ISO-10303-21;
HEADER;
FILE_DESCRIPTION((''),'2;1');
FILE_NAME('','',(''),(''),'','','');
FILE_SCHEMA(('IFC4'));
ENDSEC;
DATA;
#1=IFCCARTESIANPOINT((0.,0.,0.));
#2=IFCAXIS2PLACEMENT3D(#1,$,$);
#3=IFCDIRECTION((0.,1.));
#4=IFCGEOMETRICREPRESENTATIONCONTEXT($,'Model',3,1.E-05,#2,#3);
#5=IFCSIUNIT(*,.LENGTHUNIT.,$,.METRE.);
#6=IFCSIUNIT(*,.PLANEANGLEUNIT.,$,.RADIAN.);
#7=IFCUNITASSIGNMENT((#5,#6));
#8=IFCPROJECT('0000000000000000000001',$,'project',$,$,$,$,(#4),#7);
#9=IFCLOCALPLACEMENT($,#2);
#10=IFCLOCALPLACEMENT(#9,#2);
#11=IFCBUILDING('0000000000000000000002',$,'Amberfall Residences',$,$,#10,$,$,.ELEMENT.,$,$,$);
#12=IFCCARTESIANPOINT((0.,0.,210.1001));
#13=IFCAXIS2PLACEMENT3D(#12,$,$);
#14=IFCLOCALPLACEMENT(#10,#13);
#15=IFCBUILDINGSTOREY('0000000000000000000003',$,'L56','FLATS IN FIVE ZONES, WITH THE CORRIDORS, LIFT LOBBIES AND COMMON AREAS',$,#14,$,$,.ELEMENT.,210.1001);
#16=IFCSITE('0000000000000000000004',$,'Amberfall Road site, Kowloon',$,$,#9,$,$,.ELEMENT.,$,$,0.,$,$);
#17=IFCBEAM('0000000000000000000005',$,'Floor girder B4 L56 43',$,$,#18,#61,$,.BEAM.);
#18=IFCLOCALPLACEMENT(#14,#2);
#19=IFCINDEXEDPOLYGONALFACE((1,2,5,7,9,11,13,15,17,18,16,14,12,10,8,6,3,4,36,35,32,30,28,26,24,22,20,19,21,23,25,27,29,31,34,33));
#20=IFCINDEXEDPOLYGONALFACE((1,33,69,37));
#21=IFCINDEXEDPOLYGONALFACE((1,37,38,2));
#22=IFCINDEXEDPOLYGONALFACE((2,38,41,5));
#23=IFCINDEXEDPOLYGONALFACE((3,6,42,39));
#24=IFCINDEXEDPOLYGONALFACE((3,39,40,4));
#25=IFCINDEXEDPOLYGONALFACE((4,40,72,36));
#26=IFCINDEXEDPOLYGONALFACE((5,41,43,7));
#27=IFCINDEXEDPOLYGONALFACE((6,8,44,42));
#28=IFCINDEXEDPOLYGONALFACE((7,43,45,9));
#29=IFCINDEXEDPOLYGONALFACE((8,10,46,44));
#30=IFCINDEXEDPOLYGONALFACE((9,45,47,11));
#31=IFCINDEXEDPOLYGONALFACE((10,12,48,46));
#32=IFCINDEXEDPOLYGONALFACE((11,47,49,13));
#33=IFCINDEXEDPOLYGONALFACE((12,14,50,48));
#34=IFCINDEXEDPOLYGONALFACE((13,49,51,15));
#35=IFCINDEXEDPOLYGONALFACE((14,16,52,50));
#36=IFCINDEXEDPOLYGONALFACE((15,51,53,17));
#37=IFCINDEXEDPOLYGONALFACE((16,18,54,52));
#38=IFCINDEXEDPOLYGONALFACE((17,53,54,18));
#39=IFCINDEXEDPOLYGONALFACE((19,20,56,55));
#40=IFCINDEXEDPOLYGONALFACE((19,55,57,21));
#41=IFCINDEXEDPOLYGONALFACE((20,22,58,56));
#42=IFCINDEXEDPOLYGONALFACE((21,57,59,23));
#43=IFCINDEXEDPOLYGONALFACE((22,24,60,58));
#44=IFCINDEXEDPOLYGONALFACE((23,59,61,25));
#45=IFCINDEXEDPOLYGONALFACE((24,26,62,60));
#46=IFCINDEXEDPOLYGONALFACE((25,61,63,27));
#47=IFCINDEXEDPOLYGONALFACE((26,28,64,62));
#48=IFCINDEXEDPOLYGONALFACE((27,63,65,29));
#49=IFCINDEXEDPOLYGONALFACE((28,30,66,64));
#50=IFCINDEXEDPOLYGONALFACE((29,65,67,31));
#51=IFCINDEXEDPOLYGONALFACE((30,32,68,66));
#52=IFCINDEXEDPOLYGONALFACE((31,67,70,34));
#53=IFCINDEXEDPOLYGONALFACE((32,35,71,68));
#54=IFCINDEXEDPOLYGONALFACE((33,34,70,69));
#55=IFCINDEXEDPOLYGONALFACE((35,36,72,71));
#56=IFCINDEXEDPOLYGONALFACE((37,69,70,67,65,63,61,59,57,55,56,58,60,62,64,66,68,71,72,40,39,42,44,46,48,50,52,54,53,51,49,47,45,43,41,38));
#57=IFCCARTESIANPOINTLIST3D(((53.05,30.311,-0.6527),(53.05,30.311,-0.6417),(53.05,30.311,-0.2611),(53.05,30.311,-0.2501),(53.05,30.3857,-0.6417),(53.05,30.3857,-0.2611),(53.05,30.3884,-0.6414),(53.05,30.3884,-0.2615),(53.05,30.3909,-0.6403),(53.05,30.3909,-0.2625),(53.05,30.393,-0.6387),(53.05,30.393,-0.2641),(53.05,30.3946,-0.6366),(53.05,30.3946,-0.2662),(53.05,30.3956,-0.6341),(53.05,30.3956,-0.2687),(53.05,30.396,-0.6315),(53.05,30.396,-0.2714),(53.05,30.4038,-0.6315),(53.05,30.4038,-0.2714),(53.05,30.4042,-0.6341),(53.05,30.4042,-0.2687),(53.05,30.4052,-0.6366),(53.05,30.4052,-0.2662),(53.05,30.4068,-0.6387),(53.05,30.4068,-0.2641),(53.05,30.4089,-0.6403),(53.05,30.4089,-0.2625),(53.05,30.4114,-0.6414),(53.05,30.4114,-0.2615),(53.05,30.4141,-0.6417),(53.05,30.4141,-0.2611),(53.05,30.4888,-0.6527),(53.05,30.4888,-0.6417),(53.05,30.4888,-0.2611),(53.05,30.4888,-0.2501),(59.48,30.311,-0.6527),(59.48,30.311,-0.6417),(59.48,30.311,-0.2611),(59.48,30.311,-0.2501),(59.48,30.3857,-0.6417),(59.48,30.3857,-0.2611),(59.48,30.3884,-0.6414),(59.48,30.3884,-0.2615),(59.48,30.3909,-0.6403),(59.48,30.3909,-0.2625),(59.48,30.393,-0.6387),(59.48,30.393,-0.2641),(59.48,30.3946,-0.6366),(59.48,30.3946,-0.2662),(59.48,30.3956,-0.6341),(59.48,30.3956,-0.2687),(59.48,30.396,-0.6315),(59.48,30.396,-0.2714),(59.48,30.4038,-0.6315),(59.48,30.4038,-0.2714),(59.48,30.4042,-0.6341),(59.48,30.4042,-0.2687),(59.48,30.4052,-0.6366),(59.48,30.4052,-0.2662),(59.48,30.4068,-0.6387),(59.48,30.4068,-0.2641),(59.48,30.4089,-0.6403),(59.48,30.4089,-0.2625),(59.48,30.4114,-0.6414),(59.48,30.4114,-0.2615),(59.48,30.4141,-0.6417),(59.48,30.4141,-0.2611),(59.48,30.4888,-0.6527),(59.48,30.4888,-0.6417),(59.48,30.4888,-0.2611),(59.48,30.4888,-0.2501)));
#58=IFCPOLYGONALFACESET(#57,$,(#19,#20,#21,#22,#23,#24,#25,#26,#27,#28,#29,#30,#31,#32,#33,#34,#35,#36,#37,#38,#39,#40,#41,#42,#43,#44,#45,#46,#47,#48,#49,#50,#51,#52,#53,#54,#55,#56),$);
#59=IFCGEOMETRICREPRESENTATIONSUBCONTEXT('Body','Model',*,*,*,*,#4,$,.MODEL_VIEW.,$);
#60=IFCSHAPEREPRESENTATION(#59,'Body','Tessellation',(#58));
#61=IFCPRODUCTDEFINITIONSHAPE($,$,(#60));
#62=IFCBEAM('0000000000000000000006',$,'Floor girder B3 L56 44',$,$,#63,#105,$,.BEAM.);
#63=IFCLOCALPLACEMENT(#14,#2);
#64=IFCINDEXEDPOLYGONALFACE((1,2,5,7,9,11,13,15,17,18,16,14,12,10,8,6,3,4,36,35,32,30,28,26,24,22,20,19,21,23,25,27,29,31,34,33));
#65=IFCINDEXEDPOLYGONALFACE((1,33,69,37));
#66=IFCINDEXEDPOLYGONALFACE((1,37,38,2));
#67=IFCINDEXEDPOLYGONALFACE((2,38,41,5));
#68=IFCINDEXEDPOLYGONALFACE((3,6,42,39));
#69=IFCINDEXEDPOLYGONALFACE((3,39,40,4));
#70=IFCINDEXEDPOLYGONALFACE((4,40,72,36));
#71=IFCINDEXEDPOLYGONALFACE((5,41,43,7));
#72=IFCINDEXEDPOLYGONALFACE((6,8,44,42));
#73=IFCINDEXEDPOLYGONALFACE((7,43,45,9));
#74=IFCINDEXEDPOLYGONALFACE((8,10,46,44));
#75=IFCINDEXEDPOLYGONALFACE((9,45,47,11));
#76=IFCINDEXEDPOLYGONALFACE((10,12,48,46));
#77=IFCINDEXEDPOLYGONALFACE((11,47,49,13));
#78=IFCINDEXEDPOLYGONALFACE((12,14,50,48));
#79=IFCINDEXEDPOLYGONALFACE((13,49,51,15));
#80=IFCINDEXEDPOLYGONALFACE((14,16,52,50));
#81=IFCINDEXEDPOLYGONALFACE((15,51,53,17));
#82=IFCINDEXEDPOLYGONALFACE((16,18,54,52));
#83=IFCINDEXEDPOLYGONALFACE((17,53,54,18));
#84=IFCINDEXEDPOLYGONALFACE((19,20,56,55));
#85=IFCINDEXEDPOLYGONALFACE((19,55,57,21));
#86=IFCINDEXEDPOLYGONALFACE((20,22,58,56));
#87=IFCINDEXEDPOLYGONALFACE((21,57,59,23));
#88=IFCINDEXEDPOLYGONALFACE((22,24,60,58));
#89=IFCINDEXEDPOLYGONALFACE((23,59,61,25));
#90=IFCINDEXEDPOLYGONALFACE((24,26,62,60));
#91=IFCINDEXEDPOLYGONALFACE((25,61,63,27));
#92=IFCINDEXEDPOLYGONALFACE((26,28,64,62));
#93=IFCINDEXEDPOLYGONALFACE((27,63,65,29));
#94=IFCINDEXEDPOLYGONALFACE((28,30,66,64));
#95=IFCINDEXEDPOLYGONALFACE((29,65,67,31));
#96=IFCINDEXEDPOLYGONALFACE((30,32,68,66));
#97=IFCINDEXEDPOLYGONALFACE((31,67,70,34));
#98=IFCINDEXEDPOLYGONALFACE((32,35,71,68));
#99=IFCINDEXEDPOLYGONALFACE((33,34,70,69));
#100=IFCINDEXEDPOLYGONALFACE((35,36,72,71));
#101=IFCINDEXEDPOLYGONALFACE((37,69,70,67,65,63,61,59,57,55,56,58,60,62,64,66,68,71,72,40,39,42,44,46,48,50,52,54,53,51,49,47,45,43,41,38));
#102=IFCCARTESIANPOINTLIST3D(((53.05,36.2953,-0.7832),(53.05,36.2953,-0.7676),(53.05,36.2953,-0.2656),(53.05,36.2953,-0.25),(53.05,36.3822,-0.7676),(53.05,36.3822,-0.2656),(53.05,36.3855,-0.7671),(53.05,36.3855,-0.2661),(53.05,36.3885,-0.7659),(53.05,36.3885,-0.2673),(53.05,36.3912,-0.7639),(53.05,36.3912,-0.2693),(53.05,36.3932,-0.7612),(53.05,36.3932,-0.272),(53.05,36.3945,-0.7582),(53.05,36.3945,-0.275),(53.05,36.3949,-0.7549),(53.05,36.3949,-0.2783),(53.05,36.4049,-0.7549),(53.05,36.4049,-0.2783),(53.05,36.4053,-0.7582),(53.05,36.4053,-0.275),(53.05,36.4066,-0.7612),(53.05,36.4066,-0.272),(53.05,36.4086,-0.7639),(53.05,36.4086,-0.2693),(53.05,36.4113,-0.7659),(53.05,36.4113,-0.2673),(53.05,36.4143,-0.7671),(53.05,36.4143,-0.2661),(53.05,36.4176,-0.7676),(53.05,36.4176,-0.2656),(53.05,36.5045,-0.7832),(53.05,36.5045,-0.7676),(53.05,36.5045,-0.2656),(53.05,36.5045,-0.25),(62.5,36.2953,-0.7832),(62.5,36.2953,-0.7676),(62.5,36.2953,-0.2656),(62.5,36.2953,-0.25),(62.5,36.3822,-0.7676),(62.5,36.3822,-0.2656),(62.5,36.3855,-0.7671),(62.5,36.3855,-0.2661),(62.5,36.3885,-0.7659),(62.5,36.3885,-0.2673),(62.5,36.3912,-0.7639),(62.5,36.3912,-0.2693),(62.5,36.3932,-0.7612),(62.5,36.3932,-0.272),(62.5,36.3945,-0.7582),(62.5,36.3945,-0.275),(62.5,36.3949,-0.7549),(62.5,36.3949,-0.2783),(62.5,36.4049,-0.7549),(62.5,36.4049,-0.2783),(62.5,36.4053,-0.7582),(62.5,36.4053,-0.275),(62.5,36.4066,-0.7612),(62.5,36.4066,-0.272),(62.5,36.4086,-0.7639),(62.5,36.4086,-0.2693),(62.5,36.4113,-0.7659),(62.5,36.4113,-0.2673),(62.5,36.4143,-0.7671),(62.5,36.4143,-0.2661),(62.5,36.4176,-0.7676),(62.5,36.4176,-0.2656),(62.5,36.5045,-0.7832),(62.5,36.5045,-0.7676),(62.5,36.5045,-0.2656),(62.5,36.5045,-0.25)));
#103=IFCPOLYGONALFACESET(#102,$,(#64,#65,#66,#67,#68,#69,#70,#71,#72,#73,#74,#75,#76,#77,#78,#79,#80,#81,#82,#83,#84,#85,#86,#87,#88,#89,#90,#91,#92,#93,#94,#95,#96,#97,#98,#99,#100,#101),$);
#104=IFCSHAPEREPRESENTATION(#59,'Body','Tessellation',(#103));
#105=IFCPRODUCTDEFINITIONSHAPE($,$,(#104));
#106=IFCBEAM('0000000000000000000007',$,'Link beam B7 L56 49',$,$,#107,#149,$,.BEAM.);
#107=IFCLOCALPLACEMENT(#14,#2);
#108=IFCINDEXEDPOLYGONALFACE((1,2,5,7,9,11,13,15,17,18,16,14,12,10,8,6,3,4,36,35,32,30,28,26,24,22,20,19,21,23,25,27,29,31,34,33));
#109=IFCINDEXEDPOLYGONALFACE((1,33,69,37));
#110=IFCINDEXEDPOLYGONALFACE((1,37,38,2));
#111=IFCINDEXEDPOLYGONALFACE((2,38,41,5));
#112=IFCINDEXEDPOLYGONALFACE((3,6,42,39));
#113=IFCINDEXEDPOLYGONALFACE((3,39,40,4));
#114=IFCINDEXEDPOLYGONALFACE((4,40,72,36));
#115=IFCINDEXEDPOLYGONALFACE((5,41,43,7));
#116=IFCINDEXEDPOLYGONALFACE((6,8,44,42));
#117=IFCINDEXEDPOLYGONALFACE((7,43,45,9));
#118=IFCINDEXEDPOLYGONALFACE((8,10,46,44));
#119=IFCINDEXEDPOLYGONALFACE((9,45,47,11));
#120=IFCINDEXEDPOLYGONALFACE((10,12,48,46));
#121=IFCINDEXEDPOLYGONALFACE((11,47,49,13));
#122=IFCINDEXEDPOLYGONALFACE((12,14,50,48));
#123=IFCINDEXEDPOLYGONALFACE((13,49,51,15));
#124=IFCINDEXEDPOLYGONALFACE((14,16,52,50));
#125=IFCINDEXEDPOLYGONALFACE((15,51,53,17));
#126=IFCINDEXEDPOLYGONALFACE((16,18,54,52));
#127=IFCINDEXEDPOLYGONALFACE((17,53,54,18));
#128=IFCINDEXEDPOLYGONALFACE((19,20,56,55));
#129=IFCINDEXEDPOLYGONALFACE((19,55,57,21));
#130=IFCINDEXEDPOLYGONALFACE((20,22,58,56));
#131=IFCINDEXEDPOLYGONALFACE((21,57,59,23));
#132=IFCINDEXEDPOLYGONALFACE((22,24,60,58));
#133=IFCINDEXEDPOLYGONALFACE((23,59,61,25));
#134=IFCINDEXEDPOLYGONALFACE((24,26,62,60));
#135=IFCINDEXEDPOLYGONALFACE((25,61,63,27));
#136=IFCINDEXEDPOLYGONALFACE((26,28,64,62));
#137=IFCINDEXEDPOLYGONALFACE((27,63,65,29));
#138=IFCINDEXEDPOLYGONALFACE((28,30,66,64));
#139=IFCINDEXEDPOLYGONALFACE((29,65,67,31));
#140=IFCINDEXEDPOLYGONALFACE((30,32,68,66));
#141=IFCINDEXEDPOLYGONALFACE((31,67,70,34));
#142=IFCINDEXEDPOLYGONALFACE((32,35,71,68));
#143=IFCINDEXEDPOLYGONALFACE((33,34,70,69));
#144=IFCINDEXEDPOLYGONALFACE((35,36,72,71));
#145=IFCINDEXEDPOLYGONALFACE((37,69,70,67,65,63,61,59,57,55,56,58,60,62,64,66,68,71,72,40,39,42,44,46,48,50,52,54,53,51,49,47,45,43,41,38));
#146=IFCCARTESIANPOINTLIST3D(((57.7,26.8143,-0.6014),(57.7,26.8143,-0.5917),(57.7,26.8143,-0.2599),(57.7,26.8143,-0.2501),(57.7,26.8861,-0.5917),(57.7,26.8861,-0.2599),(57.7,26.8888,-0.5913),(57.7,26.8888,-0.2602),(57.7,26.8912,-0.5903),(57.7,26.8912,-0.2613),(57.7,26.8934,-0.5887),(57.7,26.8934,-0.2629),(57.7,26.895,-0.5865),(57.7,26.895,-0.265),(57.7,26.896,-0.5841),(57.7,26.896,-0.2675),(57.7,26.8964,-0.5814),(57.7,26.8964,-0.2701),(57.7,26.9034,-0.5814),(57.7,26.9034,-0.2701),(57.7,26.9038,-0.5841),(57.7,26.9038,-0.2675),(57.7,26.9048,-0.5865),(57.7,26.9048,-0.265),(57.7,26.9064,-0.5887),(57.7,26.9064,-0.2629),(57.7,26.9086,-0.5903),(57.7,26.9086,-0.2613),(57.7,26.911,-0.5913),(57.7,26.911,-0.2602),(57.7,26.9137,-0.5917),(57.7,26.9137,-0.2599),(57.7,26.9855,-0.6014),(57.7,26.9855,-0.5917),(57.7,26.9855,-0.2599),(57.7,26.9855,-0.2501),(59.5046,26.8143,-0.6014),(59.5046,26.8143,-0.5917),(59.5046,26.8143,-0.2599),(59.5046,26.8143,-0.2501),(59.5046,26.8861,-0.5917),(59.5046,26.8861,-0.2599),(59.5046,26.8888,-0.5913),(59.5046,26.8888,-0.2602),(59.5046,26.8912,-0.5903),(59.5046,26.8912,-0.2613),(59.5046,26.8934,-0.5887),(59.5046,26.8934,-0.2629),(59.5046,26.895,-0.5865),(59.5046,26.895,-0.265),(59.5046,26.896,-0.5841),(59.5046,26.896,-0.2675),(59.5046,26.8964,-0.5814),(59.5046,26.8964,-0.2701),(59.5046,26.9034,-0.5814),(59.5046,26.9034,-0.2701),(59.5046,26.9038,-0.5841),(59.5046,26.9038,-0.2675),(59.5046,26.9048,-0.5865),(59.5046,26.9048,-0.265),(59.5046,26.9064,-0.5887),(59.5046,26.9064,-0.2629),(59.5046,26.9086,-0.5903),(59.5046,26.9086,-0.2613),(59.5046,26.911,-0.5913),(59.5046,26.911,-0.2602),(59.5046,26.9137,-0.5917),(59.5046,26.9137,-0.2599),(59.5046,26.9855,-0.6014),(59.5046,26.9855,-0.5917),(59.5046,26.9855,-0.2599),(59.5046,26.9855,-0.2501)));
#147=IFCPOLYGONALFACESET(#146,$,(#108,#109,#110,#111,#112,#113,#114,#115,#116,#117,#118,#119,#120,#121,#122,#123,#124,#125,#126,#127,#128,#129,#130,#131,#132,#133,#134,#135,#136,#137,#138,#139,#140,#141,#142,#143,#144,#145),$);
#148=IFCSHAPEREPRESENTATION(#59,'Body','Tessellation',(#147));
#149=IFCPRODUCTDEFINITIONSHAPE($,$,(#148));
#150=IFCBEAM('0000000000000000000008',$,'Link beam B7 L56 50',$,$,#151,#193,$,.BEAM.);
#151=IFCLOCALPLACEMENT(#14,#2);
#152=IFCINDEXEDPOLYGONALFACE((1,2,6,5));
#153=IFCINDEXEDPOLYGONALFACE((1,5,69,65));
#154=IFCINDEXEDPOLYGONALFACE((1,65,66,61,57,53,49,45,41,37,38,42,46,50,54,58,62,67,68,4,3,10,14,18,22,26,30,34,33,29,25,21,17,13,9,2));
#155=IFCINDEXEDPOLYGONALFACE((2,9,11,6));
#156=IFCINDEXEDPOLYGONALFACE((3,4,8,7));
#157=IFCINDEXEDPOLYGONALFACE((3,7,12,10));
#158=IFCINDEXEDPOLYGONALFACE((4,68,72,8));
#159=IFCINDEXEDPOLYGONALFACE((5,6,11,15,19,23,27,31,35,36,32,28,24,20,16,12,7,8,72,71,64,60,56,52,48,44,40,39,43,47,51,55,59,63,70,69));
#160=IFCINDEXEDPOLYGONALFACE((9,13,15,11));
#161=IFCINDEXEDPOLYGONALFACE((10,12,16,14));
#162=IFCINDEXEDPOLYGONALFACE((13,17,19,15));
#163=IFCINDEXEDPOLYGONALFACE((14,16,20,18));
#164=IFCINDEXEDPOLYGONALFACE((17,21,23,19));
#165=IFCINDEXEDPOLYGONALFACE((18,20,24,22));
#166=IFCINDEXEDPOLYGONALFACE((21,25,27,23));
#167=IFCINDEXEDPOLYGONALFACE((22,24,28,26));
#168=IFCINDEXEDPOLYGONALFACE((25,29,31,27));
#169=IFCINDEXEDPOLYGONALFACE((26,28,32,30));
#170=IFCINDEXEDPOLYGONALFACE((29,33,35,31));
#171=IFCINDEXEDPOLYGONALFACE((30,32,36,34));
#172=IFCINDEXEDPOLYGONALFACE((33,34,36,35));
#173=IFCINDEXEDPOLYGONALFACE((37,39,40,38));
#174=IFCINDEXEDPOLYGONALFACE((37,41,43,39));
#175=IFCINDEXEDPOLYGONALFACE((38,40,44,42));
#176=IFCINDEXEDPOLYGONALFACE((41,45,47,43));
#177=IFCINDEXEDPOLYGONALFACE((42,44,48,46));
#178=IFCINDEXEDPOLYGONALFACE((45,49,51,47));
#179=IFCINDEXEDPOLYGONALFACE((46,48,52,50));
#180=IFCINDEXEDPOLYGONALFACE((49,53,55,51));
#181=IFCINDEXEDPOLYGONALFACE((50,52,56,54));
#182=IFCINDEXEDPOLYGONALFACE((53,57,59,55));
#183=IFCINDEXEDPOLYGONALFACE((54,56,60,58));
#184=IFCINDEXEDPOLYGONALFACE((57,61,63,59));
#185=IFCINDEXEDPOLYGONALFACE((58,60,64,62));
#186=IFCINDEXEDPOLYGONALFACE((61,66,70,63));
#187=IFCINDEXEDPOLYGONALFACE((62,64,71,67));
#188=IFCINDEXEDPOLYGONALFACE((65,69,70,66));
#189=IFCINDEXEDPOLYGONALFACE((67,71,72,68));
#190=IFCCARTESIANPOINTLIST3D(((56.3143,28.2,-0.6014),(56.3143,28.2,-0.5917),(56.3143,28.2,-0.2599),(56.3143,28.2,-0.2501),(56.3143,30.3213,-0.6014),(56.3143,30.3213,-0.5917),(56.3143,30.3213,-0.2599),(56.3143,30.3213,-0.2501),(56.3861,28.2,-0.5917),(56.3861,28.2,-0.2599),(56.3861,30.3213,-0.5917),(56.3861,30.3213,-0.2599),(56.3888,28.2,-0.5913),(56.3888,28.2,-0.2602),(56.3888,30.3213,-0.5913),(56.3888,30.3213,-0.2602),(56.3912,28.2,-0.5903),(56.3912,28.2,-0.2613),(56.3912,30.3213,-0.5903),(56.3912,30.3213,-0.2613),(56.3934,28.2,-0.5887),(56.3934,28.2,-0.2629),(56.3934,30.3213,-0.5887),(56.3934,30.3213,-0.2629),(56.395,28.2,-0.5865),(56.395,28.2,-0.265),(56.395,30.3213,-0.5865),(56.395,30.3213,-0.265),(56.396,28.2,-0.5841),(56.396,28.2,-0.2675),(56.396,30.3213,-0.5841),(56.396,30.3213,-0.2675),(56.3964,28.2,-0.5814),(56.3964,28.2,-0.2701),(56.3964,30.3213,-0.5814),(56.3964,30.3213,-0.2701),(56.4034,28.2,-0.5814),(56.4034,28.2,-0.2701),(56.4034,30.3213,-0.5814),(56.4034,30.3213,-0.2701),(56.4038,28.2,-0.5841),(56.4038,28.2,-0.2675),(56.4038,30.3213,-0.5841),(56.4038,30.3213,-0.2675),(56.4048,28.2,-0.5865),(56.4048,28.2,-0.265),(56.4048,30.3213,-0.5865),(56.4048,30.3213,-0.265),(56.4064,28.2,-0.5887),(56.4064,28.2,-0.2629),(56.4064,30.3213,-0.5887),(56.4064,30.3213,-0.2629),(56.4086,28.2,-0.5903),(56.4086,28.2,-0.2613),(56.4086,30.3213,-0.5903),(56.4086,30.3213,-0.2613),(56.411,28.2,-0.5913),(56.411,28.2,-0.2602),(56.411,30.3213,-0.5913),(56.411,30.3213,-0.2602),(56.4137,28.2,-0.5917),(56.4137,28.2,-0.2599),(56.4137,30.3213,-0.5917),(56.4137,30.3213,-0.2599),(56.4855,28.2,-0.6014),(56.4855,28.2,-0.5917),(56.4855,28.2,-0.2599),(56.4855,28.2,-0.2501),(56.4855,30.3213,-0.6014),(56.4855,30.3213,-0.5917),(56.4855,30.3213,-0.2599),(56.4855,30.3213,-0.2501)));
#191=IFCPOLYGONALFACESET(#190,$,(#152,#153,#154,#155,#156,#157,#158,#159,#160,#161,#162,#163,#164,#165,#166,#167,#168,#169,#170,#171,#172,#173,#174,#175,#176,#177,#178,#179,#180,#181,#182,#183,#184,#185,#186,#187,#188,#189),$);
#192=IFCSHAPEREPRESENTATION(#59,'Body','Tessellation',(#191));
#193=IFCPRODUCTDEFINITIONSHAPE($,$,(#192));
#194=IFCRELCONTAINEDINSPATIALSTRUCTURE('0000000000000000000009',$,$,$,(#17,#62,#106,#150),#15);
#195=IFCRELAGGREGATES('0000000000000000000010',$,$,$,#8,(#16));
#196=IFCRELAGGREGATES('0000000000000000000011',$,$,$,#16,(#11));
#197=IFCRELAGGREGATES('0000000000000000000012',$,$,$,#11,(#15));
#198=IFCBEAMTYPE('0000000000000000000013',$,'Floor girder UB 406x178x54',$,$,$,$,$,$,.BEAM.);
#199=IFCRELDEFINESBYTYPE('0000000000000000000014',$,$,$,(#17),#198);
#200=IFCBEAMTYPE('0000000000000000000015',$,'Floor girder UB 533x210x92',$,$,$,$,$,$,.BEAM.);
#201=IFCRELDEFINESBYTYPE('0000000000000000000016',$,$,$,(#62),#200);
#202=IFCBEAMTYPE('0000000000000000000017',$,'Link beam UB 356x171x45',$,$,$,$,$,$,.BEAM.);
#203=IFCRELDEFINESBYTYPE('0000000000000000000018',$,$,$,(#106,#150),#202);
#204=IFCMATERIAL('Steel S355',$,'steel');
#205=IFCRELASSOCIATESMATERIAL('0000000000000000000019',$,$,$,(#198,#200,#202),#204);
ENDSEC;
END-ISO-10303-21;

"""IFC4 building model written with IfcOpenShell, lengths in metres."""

from ifc_helpers import new_model, si_unit, direction, frame, origin, origin_2d, place, context, subcontext, project, spatial, i_section, extrude, material, material_profile, profile_set, type_object, element, save


model = new_model("IFC4")

# Units and contexts
model_context = context("Model", 3, precision=1e-05, world=origin(), true_north=direction((0.0, 1.0)))
body_context = subcontext(model_context, "Body", "Model", "MODEL_VIEW")
ifc_project = project(units=[si_unit("LENGTHUNIT", "METRE"), si_unit("PLANEANGLEUNIT", "RADIAN")], contexts=[model_context])

# Site, building, storey
site_placement = place(None, origin())
site = spatial("IfcSite", under=ifc_project, at=site_placement, Name="Amberfall Road site, Kowloon", CompositionType="ELEMENT", RefElevation=0.0)
building_placement = place(site_placement, origin())
building = spatial("IfcBuilding", under=site, at=building_placement, Name="Amberfall Residences", CompositionType="ELEMENT")
storey_placement = place(building_placement, frame((0.0, 0.0, 210.1001)))
storey = spatial("IfcBuildingStorey", under=building, at=storey_placement, Name="L56", Description="FLATS IN FIVE ZONES, WITH THE CORRIDORS, LIFT LOBBIES AND COMMON AREAS", CompositionType="ELEMENT", Elevation=210.1001)

# Beams
ifc_material_1 = material(Name="Steel S355", Category="steel")
ifc_material_profile_1 = material_profile(ifc_material_1, i_section(OverallWidth=0.1777, OverallDepth=0.4026, WebThickness=0.0078, FlangeThickness=0.011, FilletRadius=0.0103, at=origin_2d()), Name="UB 406x178x54")
ifc_profile_set_1 = profile_set([ifc_material_profile_1], Name="Steel S355")
beam_type_1 = type_object("IfcBeamType", Name="Floor girder UB 406x178x54", PredefinedType="BEAM", material=ifc_profile_set_1)
beam_1_placement = place(storey_placement, frame((53.05, 30.3999, -0.4514), z_axis=(1.0, 0.0, 0.0), x_axis=(0.0, 1.0, 0.0)))
element("IfcBeam", 1, at=beam_1_placement, inside=storey, type_object=beam_type_1, Name="Floor girder B4 L56 43", PredefinedType="BEAM", context=body_context, shape_type="SweptSolid", body=[
    extrude(i_section(OverallWidth=0.1777, OverallDepth=0.4026, WebThickness=0.0078, FlangeThickness=0.011, FilletRadius=0.0103, at=origin_2d()), origin(), (0.0, 0.0, 1.0), 6.4299),
])
ifc_material_profile_2 = material_profile(ifc_material_1, i_section(OverallWidth=0.2092, OverallDepth=0.5332, WebThickness=0.01, FlangeThickness=0.0156, FilletRadius=0.0127, at=origin_2d()), Name="UB 533x210x92")
ifc_profile_set_2 = profile_set([ifc_material_profile_2], Name="Steel S355")
beam_type_2 = type_object("IfcBeamType", Name="Floor girder UB 533x210x92", PredefinedType="BEAM", material=ifc_profile_set_2)
beam_2_placement = place(storey_placement, frame((53.05, 36.3999, -0.5166), z_axis=(1.0, 0.0, 0.0), x_axis=(0.0, 1.0, 0.0)))
element("IfcBeam", 2, at=beam_2_placement, inside=storey, type_object=beam_type_2, Name="Floor girder B3 L56 44", PredefinedType="BEAM", context=body_context, shape_type="SweptSolid", body=[
    extrude(i_section(OverallWidth=0.2092, OverallDepth=0.5332, WebThickness=0.01, FlangeThickness=0.0156, FilletRadius=0.0127, at=origin_2d()), origin(), (0.0, 0.0, 1.0), 9.45),
])
ifc_material_profile_3 = material_profile(ifc_material_1, i_section(OverallWidth=0.1711, OverallDepth=0.3513, WebThickness=0.0071, FlangeThickness=0.0098, FilletRadius=0.0103, at=origin_2d()), Name="UB 356x171x45")
ifc_profile_set_3 = profile_set([ifc_material_profile_3], Name="Steel S355")
beam_type_3 = type_object("IfcBeamType", Name="Link beam UB 356x171x45", PredefinedType="BEAM", material=ifc_profile_set_3)
beam_3_placement = place(storey_placement, frame((57.7, 26.8999, -0.4258), z_axis=(1.0, 0.0, 0.0), x_axis=(0.0, 1.0, 0.0)))
element("IfcBeam", 3, at=beam_3_placement, inside=storey, type_object=beam_type_3, Name="Link beam B7 L56 49", PredefinedType="BEAM", context=body_context, shape_type="SweptSolid", body=[
    extrude(i_section(OverallWidth=0.1711, OverallDepth=0.3513, WebThickness=0.0071, FlangeThickness=0.0098, FilletRadius=0.0103, at=origin_2d()), origin(), (0.0, 0.0, 1.0), 1.8047),
])
beam_4_placement = place(storey_placement, frame((56.3999, 28.2, -0.4258), z_axis=(0.0, 1.0, 0.0), x_axis=(-1.0, 0.0, 0.0)))
element("IfcBeam", 4, at=beam_4_placement, inside=storey, type_object=beam_type_3, Name="Link beam B7 L56 50", PredefinedType="BEAM", context=body_context, shape_type="SweptSolid", body=[
    extrude(i_section(OverallWidth=0.1711, OverallDepth=0.3513, WebThickness=0.0071, FlangeThickness=0.0098, FilletRadius=0.0103, at=origin_2d()), origin(), (0.0, 0.0, 1.0), 2.1213),
])

save(model, "model.ifc")
